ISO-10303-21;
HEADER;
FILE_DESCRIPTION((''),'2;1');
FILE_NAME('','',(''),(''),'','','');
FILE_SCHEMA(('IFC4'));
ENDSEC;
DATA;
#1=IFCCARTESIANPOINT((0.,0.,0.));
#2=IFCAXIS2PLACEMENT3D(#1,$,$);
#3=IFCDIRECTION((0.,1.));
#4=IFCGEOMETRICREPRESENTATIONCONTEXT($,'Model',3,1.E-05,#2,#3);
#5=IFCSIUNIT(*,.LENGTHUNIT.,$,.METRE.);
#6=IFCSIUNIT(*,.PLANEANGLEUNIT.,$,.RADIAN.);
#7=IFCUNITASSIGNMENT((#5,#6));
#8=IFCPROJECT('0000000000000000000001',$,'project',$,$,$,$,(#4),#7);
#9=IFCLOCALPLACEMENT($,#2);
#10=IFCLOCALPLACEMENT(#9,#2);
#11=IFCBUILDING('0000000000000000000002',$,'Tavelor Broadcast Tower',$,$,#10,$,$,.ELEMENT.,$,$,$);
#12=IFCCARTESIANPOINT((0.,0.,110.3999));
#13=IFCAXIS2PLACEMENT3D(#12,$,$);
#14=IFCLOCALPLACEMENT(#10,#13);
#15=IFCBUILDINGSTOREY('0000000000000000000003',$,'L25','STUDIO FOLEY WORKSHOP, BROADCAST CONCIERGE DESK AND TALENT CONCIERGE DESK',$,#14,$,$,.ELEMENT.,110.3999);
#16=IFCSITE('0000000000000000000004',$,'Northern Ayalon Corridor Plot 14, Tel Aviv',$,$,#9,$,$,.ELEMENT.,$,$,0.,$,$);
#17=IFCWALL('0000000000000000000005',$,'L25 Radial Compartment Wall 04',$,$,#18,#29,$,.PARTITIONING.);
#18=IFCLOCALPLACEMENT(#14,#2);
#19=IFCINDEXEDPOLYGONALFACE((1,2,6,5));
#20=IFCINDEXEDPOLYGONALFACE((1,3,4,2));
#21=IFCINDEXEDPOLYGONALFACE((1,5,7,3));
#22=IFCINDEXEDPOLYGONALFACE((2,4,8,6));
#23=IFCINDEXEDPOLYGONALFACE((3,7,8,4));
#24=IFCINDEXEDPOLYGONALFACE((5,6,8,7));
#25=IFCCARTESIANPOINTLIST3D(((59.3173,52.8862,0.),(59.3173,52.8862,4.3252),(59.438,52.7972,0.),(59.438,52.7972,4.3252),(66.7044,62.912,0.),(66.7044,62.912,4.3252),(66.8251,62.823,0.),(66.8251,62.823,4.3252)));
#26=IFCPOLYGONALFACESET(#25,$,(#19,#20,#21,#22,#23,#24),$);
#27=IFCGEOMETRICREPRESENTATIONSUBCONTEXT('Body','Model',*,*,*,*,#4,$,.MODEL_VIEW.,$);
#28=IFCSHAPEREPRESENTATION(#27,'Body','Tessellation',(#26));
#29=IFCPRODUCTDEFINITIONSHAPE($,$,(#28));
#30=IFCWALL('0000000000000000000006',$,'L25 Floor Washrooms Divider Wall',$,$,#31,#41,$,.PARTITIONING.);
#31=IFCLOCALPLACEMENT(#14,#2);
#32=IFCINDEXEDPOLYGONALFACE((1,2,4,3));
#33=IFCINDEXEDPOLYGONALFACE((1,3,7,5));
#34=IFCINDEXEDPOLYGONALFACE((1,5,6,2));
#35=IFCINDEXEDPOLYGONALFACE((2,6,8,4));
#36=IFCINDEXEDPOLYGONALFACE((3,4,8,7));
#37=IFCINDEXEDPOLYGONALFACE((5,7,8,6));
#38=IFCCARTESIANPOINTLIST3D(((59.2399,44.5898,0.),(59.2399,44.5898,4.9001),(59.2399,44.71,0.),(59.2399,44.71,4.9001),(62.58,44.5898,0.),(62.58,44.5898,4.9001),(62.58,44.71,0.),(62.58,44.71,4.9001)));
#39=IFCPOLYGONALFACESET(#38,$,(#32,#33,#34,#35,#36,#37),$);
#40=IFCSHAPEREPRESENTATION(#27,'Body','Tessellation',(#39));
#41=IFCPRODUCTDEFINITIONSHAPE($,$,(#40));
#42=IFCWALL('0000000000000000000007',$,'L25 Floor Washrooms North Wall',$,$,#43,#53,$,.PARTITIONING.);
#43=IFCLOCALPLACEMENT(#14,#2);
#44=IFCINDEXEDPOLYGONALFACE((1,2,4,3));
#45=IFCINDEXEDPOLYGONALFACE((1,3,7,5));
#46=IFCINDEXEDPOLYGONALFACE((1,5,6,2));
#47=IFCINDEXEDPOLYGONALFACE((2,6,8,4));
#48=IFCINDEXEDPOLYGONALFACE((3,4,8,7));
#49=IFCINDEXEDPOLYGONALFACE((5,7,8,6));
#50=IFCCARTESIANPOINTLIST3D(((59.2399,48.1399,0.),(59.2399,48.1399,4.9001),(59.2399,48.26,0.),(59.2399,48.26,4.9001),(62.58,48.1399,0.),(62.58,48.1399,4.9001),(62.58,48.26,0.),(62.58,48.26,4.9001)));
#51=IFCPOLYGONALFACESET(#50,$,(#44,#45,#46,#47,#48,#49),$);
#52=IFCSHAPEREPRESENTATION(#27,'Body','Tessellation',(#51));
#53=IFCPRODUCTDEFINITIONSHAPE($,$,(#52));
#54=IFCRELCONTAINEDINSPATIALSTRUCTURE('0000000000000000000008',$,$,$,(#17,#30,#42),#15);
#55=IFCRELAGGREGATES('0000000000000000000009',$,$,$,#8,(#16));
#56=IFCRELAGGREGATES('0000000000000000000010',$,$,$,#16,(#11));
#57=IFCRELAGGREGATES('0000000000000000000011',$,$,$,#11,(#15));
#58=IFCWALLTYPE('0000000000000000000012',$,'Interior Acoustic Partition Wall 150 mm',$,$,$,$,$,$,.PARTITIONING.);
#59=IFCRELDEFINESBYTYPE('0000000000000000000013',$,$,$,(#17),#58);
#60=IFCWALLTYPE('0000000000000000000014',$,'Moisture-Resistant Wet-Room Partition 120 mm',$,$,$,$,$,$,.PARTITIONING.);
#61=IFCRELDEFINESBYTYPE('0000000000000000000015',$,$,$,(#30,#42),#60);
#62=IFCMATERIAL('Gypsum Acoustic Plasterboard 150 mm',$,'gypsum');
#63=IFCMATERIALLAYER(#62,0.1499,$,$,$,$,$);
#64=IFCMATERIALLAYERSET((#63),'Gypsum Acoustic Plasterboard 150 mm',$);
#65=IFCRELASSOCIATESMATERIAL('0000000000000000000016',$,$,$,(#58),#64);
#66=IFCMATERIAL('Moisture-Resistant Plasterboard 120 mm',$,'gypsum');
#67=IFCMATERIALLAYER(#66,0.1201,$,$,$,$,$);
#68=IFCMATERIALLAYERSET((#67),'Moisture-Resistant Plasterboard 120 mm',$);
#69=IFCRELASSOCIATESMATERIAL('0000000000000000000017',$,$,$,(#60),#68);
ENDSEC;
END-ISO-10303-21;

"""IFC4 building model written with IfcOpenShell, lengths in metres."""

from ifc_helpers import new_model, si_unit, direction, frame, frame_2d, origin, place, context, subcontext, project, spatial, rectangle, extrude, material, layer, layer_set, type_object, element, save


model = new_model("IFC4")

# Units and contexts
model_context = context("Model", 3, precision=1e-05, world=origin(), true_north=direction((0.0, 1.0)))
body_context = subcontext(model_context, "Body", "Model", "MODEL_VIEW")
ifc_project = project(units=[si_unit("LENGTHUNIT", "METRE"), si_unit("PLANEANGLEUNIT", "RADIAN")], contexts=[model_context])

# Site, building, storey
site_placement = place(None, origin())
site = spatial("IfcSite", under=ifc_project, at=site_placement, Name="Northern Ayalon Corridor Plot 14, Tel Aviv", CompositionType="ELEMENT", RefElevation=0.0)
building_placement = place(site_placement, origin())
building = spatial("IfcBuilding", under=site, at=building_placement, Name="Tavelor Broadcast Tower", CompositionType="ELEMENT")
storey_placement = place(building_placement, frame((0.0, 0.0, 110.3999)))
storey = spatial("IfcBuildingStorey", under=building, at=storey_placement, Name="L25", Description="STUDIO FOLEY WORKSHOP, BROADCAST CONCIERGE DESK AND TALENT CONCIERGE DESK", CompositionType="ELEMENT", Elevation=110.3999)

# Shared definitions
ifc_material_1 = material(Name="Gypsum Acoustic Plasterboard 150 mm", Category="gypsum")
ifc_layer_1 = layer(ifc_material_1, 0.1499)
ifc_layer_set_1 = layer_set([ifc_layer_1], Name="Gypsum Acoustic Plasterboard 150 mm")
wall_type_1 = type_object("IfcWallType", Name="Interior Acoustic Partition Wall 150 mm", PredefinedType="PARTITIONING", material=ifc_layer_set_1)

# Walls
wall_1_placement = place(storey_placement, frame((59.3777, 52.8418, 0.0), z_axis=(0.0, 0.0, 1.0), x_axis=(0.593184, 0.805067, 0.0)))
element("IfcWall", 1, at=wall_1_placement, inside=storey, type_object=wall_type_1, Name="L25 Radial Compartment Wall 04", PredefinedType="PARTITIONING", context=body_context, shape_type="SweptSolid", body=[
    extrude(rectangle(XDim=12.4534, YDim=0.1499, at=frame_2d((6.2266, 0.0))), origin(), (0.0, 0.0, 1.0), 4.3252),
])
ifc_material_2 = material(Name="Moisture-Resistant Plasterboard 120 mm", Category="gypsum")
ifc_layer_2 = layer(ifc_material_2, 0.1201)
ifc_layer_set_2 = layer_set([ifc_layer_2], Name="Moisture-Resistant Plasterboard 120 mm")
wall_type_2 = type_object("IfcWallType", Name="Moisture-Resistant Wet-Room Partition 120 mm", PredefinedType="PARTITIONING", material=ifc_layer_set_2)
for number, where, z_axis, x_axis, name in (
    (2, (59.24, 44.6499, 0.0), (0.0, 0.0, 1.0), (1.0, 0.0, 0.0), "L25 Floor Washrooms Divider Wall"),
    (3, (59.24, 48.2, 0.0), (0.0, 0.0, 1.0), (1.0, 0.0, 0.0), "L25 Floor Washrooms North Wall"),
):
    element("IfcWall", number, at=place(storey_placement, frame(where, z_axis=z_axis, x_axis=x_axis)), inside=storey, type_object=wall_type_2, Name=name, PredefinedType="PARTITIONING", context=body_context, shape_type="SweptSolid", body=[
        extrude(rectangle(XDim=3.3401, YDim=0.1201, at=frame_2d((1.6699, 0.0))), origin(), (0.0, 0.0, 1.0), 4.9001),
    ])

save(model, "model.ifc")
